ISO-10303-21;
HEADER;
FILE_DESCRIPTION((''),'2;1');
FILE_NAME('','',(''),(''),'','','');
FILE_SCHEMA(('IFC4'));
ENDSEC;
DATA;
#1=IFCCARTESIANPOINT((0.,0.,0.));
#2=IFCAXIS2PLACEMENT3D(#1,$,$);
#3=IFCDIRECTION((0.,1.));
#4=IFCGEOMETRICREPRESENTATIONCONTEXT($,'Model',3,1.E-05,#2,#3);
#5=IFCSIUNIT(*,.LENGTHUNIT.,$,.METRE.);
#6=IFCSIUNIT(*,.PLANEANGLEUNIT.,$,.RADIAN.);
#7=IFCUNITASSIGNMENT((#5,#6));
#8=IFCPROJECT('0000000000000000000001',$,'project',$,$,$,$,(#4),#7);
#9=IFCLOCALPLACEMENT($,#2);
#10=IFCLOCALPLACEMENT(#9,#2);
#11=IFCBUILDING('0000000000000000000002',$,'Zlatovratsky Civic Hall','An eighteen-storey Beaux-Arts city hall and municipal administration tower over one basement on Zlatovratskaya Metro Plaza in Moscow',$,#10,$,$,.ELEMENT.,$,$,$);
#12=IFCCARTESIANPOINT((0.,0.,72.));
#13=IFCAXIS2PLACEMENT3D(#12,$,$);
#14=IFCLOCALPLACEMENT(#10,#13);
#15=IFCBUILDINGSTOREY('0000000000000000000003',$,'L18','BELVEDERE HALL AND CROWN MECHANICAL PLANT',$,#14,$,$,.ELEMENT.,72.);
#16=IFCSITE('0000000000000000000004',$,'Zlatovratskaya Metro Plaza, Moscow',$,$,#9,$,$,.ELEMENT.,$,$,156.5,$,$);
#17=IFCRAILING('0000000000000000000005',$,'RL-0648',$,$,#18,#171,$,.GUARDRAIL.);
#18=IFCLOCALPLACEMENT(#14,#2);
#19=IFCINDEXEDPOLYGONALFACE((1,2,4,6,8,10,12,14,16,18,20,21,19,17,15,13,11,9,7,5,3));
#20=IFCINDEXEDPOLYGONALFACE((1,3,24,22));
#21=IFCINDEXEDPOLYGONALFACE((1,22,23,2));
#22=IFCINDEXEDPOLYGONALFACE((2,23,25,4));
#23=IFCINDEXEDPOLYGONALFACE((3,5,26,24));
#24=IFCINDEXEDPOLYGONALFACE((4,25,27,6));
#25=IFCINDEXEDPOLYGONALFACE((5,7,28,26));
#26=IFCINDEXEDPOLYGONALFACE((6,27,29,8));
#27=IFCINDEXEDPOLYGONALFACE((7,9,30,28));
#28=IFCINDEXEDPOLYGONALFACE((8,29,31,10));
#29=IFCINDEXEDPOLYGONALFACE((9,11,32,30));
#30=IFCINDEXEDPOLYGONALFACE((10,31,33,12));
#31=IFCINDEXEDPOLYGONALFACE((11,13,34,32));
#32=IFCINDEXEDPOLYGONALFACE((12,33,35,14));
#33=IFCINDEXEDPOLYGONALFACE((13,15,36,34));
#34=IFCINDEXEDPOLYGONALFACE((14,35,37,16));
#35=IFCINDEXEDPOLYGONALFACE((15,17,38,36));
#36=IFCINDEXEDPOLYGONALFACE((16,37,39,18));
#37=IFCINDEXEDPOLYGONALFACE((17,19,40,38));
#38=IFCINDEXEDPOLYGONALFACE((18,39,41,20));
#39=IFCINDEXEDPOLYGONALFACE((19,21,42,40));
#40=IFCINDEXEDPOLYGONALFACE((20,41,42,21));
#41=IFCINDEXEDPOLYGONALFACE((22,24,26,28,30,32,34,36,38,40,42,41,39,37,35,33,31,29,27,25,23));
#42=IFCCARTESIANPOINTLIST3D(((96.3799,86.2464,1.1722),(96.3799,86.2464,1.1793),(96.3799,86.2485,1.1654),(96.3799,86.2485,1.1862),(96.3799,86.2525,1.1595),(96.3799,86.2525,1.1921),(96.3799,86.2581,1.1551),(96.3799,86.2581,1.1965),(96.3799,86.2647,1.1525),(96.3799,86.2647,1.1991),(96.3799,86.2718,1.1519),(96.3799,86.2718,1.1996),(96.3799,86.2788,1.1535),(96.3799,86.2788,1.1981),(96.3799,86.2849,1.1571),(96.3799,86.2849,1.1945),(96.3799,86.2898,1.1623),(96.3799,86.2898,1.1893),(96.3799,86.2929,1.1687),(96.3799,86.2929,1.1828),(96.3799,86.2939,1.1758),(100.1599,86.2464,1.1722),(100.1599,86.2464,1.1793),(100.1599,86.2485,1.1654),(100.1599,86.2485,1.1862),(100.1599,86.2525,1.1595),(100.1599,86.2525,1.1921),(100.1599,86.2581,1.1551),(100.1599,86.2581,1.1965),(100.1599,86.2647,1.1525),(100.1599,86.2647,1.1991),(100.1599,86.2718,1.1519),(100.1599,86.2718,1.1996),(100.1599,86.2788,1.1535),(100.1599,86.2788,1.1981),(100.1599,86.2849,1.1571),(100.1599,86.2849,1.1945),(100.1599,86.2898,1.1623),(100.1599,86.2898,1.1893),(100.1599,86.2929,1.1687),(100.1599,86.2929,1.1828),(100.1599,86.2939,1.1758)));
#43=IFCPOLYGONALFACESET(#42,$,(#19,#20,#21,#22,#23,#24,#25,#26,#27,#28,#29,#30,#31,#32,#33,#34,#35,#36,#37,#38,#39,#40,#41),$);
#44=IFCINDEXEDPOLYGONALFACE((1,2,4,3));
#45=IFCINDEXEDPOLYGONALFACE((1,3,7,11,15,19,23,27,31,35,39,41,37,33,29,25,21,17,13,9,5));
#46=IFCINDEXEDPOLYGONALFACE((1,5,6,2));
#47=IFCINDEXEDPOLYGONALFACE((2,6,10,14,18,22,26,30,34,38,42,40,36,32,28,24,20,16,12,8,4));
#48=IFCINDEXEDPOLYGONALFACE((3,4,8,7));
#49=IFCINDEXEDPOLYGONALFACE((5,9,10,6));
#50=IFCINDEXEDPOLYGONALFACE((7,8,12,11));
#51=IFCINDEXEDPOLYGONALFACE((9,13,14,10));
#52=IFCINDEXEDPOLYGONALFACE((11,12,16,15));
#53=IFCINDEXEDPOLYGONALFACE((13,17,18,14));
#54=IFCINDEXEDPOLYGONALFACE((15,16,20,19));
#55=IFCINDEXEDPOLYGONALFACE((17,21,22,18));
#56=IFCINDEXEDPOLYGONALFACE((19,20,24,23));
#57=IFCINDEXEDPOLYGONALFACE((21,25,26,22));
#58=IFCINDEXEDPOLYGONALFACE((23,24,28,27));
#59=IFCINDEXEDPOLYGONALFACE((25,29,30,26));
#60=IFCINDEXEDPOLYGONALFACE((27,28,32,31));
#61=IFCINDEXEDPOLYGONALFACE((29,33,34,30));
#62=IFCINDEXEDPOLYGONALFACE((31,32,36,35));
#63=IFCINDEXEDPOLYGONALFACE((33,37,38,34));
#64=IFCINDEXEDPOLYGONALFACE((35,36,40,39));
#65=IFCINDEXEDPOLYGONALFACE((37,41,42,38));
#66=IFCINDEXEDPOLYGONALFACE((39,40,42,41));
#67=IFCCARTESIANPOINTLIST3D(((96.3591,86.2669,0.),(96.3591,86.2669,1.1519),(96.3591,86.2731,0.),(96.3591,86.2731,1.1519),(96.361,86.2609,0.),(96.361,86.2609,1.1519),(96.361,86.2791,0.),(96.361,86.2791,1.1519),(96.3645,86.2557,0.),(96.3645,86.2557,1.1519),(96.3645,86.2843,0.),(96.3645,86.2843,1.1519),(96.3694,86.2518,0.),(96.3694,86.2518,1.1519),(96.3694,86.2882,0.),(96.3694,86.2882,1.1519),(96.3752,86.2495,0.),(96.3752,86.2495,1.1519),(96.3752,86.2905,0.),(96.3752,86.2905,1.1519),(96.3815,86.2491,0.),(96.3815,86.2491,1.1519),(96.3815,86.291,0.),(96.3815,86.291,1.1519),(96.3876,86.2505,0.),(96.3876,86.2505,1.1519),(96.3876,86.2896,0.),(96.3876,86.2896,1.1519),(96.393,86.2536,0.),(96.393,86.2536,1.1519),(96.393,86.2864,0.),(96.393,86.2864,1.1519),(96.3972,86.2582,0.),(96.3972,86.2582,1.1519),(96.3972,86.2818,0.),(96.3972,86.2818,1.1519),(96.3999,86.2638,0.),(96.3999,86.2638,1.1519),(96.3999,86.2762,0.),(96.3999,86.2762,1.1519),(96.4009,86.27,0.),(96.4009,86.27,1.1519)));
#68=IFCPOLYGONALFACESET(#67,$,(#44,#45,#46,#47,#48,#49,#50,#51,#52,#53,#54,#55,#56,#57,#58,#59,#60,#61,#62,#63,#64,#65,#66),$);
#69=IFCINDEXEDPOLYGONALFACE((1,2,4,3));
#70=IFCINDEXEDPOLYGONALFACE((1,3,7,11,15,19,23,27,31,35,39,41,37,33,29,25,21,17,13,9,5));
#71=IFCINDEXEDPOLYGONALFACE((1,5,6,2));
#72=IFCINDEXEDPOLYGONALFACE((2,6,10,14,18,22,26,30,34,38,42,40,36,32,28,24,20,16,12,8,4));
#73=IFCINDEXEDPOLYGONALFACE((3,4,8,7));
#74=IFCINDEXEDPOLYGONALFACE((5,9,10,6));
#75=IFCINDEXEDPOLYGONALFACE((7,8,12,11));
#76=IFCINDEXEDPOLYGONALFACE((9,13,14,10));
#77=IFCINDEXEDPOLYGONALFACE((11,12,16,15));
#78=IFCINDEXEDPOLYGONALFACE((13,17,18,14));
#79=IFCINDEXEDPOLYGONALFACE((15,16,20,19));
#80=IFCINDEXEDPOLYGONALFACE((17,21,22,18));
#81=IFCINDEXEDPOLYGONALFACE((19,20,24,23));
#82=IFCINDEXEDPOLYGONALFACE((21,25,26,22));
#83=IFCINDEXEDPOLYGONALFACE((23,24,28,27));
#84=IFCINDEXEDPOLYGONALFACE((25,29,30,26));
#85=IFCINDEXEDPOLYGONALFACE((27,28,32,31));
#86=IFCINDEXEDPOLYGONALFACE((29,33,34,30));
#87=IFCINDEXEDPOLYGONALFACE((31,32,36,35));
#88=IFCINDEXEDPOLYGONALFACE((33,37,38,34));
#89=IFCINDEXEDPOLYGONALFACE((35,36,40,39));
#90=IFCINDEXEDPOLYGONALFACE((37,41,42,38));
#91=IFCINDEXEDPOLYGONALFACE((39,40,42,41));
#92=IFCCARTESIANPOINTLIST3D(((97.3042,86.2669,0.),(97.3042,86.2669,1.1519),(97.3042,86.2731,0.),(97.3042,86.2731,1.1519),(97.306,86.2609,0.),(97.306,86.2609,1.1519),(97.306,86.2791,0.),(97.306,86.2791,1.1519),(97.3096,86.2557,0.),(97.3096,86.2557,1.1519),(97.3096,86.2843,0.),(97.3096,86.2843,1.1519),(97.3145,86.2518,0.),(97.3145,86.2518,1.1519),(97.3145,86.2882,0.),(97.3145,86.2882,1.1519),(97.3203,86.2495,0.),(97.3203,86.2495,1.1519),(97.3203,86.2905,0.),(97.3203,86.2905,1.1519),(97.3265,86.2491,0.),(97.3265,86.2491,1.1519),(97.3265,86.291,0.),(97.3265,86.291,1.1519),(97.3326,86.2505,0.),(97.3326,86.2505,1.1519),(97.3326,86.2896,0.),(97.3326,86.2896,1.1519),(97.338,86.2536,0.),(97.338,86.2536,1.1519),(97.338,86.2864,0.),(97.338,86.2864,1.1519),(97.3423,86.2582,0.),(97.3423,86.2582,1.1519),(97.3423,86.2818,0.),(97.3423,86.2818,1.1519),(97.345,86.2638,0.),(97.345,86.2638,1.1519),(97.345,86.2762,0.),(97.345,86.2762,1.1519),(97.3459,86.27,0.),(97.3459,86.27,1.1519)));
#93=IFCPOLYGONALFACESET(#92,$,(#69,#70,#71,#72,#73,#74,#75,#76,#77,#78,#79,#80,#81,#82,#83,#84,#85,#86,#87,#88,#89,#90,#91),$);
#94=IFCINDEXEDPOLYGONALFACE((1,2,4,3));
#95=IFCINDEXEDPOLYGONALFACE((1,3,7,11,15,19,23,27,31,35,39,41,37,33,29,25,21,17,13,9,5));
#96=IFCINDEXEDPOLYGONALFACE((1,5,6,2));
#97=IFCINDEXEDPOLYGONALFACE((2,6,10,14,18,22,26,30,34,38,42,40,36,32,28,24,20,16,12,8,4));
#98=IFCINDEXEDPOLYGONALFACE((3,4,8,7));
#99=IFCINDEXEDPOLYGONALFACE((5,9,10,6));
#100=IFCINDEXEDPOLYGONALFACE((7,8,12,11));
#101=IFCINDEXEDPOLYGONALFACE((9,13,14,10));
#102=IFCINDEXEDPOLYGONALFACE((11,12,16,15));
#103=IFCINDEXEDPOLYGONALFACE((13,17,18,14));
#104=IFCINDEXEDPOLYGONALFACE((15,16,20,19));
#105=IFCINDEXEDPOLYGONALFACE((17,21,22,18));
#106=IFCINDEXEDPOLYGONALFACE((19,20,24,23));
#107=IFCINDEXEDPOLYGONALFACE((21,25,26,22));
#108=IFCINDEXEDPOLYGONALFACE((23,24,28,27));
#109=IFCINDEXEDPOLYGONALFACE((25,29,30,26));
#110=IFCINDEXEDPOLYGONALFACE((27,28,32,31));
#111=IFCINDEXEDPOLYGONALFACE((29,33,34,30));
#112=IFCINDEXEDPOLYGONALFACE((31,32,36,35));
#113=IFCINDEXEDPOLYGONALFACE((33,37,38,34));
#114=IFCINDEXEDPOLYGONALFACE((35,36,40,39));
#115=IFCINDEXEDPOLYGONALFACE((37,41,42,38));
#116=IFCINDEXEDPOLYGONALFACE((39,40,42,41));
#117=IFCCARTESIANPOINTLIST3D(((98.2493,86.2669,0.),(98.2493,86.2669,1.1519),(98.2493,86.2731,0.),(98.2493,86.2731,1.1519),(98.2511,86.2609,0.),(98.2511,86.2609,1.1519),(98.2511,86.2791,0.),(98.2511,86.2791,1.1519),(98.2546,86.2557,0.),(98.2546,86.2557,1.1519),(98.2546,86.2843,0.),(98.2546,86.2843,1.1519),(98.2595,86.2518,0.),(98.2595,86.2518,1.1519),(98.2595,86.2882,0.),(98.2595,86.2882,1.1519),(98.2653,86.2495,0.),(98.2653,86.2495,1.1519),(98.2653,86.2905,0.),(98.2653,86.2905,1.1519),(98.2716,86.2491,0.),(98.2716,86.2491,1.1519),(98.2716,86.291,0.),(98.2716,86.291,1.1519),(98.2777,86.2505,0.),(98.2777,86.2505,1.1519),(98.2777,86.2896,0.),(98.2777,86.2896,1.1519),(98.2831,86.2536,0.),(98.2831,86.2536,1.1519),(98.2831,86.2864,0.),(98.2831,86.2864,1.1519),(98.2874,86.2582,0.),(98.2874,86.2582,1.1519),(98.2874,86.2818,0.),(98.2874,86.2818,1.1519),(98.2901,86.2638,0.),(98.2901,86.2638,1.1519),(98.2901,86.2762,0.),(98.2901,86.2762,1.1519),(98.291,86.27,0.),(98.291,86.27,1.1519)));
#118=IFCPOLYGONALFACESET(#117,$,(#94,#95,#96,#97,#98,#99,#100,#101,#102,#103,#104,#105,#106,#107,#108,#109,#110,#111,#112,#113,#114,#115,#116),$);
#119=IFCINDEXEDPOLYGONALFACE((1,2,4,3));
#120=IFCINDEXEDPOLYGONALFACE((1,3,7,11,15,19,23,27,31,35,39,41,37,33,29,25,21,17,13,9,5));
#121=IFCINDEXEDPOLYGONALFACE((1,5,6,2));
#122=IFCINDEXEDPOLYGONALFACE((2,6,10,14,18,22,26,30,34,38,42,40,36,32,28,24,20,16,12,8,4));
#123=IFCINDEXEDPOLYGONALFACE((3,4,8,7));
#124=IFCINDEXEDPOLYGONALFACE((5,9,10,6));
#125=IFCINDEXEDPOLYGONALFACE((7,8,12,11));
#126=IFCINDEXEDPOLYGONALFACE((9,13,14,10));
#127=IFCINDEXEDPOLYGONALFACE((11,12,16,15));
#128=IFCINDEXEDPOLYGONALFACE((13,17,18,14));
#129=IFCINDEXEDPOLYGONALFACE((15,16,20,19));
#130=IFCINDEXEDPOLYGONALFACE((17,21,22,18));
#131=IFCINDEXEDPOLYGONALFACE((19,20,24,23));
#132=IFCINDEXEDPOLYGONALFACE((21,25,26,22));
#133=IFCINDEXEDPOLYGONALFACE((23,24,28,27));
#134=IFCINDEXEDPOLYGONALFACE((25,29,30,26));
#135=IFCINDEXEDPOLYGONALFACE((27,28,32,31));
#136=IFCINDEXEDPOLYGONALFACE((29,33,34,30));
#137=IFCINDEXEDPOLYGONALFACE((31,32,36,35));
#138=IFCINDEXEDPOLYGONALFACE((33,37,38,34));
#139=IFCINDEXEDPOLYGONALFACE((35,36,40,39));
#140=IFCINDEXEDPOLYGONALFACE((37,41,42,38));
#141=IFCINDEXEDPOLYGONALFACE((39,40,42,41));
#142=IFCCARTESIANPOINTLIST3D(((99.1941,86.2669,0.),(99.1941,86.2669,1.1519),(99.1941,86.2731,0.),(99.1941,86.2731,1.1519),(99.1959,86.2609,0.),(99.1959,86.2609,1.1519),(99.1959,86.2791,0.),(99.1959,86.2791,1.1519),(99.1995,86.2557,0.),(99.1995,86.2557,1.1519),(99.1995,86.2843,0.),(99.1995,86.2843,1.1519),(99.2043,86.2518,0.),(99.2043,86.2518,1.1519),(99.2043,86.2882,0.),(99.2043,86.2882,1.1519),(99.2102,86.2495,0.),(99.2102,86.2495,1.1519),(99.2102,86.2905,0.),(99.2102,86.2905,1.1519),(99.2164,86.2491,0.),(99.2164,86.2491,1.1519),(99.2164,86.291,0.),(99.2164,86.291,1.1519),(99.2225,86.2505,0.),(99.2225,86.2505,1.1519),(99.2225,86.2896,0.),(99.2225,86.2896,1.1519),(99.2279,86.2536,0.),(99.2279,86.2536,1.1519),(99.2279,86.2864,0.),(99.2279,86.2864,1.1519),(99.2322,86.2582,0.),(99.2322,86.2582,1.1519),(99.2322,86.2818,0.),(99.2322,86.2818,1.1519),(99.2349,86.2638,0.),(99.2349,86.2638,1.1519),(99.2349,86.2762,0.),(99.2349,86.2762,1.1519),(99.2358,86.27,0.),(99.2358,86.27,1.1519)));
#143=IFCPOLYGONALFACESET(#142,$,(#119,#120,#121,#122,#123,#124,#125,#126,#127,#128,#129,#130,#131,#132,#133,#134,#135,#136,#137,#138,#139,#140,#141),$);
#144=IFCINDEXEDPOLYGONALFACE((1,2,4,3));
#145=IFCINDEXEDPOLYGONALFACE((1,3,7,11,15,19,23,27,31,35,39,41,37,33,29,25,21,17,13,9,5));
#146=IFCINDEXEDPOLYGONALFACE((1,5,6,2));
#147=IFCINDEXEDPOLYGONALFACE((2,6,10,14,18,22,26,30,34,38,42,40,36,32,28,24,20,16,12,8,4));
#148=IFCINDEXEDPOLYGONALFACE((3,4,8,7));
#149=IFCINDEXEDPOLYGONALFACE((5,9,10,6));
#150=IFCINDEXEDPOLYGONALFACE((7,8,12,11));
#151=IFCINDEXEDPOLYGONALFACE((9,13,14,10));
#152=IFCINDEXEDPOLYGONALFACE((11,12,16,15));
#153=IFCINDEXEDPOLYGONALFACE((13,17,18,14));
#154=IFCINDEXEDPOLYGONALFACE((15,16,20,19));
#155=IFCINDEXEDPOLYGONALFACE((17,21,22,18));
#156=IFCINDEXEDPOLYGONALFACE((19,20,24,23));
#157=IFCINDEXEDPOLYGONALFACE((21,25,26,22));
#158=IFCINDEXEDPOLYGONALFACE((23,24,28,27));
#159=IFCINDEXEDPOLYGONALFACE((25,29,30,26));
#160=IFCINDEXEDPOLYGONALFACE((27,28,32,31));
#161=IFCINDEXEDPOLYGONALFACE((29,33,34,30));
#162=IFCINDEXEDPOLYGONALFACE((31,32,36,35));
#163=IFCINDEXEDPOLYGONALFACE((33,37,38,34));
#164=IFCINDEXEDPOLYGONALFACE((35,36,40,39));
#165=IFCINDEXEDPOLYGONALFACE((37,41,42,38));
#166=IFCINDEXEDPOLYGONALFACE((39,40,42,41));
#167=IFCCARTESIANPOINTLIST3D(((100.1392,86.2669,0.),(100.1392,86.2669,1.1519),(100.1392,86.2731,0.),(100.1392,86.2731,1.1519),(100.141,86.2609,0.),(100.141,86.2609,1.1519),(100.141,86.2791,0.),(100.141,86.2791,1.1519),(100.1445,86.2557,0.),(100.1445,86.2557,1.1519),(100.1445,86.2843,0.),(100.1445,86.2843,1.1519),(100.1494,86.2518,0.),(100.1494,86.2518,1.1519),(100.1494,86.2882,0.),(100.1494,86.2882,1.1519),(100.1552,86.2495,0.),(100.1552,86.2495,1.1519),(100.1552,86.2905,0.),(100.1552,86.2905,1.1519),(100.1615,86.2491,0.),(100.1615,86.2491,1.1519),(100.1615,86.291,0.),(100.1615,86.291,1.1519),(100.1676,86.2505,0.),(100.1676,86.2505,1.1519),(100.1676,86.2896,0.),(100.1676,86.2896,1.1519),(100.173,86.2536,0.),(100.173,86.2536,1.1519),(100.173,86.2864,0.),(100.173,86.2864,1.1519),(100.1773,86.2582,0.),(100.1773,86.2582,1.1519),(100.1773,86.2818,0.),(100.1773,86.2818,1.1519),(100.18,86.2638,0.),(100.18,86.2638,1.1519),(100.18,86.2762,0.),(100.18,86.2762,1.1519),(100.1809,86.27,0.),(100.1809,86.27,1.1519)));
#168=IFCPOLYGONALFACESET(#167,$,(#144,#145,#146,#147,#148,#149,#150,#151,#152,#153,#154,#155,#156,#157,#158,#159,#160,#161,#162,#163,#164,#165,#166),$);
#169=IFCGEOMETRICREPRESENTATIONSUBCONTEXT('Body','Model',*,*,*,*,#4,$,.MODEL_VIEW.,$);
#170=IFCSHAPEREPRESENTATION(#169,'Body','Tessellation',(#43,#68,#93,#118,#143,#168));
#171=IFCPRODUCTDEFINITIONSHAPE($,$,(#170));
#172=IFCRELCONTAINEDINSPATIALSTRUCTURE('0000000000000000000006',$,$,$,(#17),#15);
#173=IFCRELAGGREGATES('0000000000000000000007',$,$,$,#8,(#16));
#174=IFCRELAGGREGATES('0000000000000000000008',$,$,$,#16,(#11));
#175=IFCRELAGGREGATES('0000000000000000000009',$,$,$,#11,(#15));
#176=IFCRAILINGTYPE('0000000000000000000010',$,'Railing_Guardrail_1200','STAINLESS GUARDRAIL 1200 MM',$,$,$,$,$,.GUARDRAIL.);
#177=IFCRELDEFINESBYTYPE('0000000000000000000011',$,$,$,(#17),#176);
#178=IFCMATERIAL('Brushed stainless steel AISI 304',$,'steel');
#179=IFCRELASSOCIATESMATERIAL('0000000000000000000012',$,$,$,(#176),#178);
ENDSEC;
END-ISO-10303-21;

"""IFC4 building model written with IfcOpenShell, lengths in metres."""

from ifc_helpers import new_model, si_unit, direction, frame, origin, origin_2d, place, context, subcontext, project, spatial, circle, extrude, material, type_object, element, save


model = new_model("IFC4")

# Units and contexts
model_context = context("Model", 3, precision=1e-05, world=origin(), true_north=direction((0.0, 1.0)))
body_context = subcontext(model_context, "Body", "Model", "MODEL_VIEW")
ifc_project = project(units=[si_unit("LENGTHUNIT", "METRE"), si_unit("PLANEANGLEUNIT", "RADIAN")], contexts=[model_context])

# Site, building, storey
site_placement = place(None, origin())
site = spatial("IfcSite", under=ifc_project, at=site_placement, Name="Zlatovratskaya Metro Plaza, Moscow", CompositionType="ELEMENT", RefElevation=156.5)
building_placement = place(site_placement, origin())
building = spatial("IfcBuilding", under=site, at=building_placement, Name="Zlatovratsky Civic Hall", Description="An eighteen-storey Beaux-Arts city hall and municipal administration tower over one basement on Zlatovratskaya Metro Plaza in Moscow", CompositionType="ELEMENT")
storey_placement = place(building_placement, frame((0.0, 0.0, 72.0)))
storey = spatial("IfcBuildingStorey", under=building, at=storey_placement, Name="L18", Description="BELVEDERE HALL AND CROWN MECHANICAL PLANT", CompositionType="ELEMENT", Elevation=72.0)

# Railing
ifc_material_1 = material(Name="Brushed stainless steel AISI 304", Category="steel")
railing_type = type_object("IfcRailingType", Name="Railing_Guardrail_1200", Description="STAINLESS GUARDRAIL 1200 MM", PredefinedType="GUARDRAIL", material=ifc_material_1)
railing_placement = place(storey_placement, frame((96.3799, 86.27, 0.0)))
element("IfcRailing", 1, at=railing_placement, inside=storey, type_object=railing_type, Name="RL-0648", PredefinedType="GUARDRAIL", context=body_context, shape_type="SweptSolid", body=[
    extrude(circle(Radius=0.0239, at=origin_2d()), frame((0.0, 0.0, 1.1758), z_axis=(1.0, 0.0, 0.0), x_axis=(0.0, 1.0, 0.0)), (0.0, 0.0, 1.0), 3.78),
    extrude(circle(Radius=0.021, at=origin_2d()), origin(), (0.0, 0.0, 1.0), 1.1519),
    extrude(circle(Radius=0.021, at=origin_2d()), frame((0.9451, 0.0, 0.0)), (0.0, 0.0, 1.0), 1.1519),
    extrude(circle(Radius=0.021, at=origin_2d()), frame((1.8901, 0.0, 0.0)), (0.0, 0.0, 1.0), 1.1519),
    extrude(circle(Radius=0.021, at=origin_2d()), frame((2.835, 0.0, 0.0)), (0.0, 0.0, 1.0), 1.1519),
    extrude(circle(Radius=0.021, at=origin_2d()), frame((3.78, 0.0, 0.0)), (0.0, 0.0, 1.0), 1.1519),
])

save(model, "model.ifc")
